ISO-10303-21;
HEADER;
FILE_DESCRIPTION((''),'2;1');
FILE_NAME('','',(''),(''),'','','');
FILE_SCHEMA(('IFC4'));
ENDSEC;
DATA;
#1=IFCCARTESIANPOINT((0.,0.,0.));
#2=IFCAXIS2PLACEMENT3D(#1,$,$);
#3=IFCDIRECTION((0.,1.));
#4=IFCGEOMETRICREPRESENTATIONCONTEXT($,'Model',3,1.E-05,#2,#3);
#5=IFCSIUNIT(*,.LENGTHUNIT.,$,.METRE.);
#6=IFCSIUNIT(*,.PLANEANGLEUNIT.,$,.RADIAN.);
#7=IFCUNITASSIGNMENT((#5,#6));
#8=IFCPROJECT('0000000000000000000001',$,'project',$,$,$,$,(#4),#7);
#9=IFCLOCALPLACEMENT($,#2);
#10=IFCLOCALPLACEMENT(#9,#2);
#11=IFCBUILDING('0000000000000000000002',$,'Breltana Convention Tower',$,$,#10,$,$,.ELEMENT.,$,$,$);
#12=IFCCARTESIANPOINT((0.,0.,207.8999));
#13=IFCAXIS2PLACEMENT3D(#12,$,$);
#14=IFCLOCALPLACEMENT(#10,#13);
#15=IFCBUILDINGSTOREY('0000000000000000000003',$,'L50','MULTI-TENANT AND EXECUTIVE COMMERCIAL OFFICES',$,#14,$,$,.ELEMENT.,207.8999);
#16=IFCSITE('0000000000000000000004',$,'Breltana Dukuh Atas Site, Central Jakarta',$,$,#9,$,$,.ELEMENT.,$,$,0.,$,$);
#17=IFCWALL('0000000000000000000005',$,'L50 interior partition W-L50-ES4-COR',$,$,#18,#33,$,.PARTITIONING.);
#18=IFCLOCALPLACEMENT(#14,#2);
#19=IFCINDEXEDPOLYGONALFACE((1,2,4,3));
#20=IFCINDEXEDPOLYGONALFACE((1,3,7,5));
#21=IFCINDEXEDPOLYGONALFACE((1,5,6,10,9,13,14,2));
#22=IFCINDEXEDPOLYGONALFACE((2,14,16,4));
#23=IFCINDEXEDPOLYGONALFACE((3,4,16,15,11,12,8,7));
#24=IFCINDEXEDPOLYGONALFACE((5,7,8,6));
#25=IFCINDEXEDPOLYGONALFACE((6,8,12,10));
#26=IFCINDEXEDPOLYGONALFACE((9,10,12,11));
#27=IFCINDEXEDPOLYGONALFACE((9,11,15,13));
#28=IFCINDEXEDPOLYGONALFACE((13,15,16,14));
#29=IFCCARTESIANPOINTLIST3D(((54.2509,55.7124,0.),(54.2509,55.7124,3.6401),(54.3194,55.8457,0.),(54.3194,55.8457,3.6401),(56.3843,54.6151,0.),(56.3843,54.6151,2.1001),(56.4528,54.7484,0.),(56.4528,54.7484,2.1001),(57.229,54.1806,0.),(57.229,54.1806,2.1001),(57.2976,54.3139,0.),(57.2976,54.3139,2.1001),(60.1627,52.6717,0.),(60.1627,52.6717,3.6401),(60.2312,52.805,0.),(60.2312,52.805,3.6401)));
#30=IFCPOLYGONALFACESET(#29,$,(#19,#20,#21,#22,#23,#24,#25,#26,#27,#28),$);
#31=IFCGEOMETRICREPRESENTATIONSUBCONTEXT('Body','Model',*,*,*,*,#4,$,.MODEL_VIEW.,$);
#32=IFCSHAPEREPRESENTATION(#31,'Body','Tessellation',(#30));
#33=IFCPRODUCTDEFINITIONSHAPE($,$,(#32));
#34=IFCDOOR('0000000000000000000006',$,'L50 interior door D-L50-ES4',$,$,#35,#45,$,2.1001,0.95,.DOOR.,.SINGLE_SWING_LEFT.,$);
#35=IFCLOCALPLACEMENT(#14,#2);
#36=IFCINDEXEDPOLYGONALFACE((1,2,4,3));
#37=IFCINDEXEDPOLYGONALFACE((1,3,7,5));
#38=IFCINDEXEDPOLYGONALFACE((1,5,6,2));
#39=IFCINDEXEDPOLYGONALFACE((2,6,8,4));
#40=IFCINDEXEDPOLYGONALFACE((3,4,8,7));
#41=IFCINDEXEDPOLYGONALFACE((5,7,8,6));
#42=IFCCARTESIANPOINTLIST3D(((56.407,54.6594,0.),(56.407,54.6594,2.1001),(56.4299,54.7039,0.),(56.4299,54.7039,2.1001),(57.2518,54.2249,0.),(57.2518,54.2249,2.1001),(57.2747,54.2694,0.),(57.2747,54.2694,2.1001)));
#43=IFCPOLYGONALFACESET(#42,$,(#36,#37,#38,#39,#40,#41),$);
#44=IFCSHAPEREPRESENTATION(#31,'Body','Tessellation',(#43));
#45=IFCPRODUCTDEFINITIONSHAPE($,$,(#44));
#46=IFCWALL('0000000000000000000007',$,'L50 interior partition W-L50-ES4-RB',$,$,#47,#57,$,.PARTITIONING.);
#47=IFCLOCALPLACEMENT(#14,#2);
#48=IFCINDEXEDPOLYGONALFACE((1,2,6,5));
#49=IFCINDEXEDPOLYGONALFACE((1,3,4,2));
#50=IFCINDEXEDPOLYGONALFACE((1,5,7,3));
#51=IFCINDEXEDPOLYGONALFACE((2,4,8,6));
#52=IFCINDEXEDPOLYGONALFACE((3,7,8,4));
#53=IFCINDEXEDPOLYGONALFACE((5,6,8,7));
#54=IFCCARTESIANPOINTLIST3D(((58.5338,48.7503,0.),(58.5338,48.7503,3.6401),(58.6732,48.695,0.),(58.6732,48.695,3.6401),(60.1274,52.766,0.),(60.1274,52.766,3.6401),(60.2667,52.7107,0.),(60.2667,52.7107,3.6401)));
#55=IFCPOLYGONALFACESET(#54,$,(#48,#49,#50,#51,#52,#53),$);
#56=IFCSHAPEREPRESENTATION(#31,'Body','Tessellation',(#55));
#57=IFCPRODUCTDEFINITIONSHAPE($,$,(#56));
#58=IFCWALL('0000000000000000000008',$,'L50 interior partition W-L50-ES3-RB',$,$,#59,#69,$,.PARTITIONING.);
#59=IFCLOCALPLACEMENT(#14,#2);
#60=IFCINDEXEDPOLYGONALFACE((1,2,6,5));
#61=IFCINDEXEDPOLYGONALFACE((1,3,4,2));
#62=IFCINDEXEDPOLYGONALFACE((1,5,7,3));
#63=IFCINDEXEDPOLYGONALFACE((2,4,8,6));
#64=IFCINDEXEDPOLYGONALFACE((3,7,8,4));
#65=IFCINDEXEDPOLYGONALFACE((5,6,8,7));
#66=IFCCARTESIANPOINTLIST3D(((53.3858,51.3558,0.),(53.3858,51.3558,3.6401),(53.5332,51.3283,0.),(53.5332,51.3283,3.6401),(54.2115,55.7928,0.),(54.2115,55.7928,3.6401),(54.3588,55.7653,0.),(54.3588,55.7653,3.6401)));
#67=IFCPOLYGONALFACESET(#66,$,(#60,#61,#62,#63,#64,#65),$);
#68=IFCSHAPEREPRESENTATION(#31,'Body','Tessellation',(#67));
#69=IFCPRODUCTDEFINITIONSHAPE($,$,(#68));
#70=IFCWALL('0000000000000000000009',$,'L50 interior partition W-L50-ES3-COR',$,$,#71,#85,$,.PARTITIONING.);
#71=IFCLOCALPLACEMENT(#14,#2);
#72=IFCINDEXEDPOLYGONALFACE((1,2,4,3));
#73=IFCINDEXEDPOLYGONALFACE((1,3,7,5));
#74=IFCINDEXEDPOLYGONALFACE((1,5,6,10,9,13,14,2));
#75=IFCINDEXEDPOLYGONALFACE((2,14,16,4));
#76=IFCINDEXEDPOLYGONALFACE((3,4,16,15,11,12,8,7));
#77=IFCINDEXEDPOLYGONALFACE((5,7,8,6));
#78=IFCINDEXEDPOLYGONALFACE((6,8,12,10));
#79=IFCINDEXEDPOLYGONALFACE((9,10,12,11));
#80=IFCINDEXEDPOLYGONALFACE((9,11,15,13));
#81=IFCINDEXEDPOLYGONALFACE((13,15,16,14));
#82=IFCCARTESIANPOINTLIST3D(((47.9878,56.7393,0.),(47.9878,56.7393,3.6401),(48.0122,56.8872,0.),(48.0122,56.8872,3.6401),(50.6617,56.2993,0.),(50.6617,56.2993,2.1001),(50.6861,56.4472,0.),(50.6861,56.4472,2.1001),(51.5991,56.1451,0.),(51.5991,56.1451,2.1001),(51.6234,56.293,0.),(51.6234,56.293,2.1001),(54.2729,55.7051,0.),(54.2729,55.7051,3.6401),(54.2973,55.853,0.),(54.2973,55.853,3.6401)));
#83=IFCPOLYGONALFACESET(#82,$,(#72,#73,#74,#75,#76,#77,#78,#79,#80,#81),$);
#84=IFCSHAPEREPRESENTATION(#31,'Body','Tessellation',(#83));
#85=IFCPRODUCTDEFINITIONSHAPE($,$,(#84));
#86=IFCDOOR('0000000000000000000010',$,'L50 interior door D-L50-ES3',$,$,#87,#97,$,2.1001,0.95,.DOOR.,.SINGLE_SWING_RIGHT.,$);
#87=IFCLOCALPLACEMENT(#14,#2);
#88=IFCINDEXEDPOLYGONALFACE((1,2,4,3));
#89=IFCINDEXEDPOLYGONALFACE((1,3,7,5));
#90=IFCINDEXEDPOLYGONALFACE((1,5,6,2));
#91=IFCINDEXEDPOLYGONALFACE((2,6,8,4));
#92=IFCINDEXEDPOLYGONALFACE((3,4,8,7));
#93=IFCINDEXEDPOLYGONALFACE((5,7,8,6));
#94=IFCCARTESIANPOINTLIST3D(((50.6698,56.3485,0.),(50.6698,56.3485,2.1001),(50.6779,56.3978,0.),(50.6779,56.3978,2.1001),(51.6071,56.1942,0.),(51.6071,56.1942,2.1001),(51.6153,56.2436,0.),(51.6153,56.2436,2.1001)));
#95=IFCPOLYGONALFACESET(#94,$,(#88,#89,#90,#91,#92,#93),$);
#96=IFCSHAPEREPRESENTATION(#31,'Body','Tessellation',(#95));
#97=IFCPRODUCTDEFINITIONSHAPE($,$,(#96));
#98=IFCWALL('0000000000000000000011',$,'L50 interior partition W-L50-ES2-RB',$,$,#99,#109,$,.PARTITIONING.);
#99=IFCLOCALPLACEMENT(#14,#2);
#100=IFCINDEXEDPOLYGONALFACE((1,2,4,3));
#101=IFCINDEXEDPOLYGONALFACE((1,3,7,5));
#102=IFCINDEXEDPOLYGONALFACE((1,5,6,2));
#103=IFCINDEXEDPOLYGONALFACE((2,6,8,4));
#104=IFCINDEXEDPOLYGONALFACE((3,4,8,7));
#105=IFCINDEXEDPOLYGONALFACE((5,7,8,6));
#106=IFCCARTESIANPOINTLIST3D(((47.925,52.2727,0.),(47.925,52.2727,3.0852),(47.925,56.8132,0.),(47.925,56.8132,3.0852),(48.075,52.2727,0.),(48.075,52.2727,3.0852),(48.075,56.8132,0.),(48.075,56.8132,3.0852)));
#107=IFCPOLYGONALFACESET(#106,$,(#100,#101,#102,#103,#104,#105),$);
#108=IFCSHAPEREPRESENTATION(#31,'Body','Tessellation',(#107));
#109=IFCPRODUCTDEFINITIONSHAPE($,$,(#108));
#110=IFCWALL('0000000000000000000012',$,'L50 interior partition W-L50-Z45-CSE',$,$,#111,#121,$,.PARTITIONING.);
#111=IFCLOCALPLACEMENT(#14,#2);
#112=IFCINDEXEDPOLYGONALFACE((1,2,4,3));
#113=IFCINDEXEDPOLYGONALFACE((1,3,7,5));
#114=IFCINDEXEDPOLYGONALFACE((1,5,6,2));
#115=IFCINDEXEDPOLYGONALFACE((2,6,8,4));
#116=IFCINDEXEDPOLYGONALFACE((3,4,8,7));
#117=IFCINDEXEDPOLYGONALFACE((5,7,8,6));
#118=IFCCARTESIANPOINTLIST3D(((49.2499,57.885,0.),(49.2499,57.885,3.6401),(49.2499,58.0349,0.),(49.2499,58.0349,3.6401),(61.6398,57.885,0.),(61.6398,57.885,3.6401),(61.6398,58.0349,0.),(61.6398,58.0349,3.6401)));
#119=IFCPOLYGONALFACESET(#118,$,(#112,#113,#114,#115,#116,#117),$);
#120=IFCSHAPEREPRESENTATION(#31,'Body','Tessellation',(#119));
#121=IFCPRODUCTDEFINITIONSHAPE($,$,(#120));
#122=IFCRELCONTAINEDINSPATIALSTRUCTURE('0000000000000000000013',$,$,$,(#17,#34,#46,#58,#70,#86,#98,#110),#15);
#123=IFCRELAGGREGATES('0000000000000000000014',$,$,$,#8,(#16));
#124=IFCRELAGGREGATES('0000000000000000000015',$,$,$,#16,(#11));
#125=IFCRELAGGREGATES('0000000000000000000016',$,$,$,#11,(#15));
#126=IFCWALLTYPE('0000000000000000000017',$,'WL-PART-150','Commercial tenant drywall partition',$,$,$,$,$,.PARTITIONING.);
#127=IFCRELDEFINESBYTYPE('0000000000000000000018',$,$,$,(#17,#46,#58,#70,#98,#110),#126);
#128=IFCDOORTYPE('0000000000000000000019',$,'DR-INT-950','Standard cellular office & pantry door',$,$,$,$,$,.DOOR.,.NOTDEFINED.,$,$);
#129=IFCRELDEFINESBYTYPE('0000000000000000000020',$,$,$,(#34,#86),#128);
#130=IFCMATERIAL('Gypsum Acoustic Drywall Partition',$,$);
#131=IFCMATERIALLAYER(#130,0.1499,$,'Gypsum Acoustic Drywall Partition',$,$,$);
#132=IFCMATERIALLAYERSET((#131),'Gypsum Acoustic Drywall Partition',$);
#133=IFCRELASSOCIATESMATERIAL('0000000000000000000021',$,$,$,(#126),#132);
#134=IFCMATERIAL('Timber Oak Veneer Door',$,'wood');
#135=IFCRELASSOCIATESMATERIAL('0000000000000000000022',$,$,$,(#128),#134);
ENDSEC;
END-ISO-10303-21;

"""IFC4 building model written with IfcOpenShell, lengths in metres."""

from ifc_helpers import new_model, si_unit, direction, frame, frame_2d, origin, place, context, subcontext, project, spatial, rectangle, extrude, source, transform, mapped, material, layer, layer_set, type_object, type_shapes, element, fill, save


model = new_model("IFC4")

# Units and contexts
model_context = context("Model", 3, precision=1e-05, world=origin(), true_north=direction((0.0, 1.0)))
body_context = subcontext(model_context, "Body", "Model", "MODEL_VIEW")
ifc_project = project(units=[si_unit("LENGTHUNIT", "METRE"), si_unit("PLANEANGLEUNIT", "RADIAN")], contexts=[model_context])

# Site, building, storey
site_placement = place(None, origin())
site = spatial("IfcSite", under=ifc_project, at=site_placement, Name="Breltana Dukuh Atas Site, Central Jakarta", CompositionType="ELEMENT", RefElevation=0.0)
building_placement = place(site_placement, origin())
building = spatial("IfcBuilding", under=site, at=building_placement, Name="Breltana Convention Tower", CompositionType="ELEMENT")
storey_placement = place(building_placement, frame((0.0, 0.0, 207.8999)))
storey = spatial("IfcBuildingStorey", under=building, at=storey_placement, Name="L50", Description="MULTI-TENANT AND EXECUTIVE COMMERCIAL OFFICES", CompositionType="ELEMENT", Elevation=207.8999)

# Wall, opening, door
ifc_material_1 = material(Name="Gypsum Acoustic Drywall Partition")
ifc_layer_1 = layer(ifc_material_1, 0.1499, Name="Gypsum Acoustic Drywall Partition")
ifc_layer_set_1 = layer_set([ifc_layer_1], Name="Gypsum Acoustic Drywall Partition")
wall_type_1 = type_object("IfcWallType", Name="WL-PART-150", Description="Commercial tenant drywall partition", PredefinedType="PARTITIONING", material=ifc_layer_set_1)
shared_shape_1 = source(origin(), body_context, "Body", "SweptSolid", [
    extrude(rectangle(XDim=6.6479, YDim=0.1499, at=frame_2d((3.324, 0.0))), origin(), (0.0, 0.0, 1.0), 3.6401),
])
wall_1_placement = place(storey_placement, frame((54.2852, 55.7791, 0.0), z_axis=(0.0, 0.0, 1.0), x_axis=(0.889264, -0.457394, 0.0)))
wall_1 = element("IfcWall", 1, at=wall_1_placement, inside=storey, type_object=wall_type_1, Name="L50 interior partition W-L50-ES4-COR", PredefinedType="PARTITIONING", context=body_context, shape_type="MappedRepresentation", body=[
    mapped(shared_shape_1, transform((0.0, 0.0, 0.0), scale=1.0)),
])
opening_1_placement = place(wall_1_placement, frame((2.3989, 0.0, 0.0)))
opening_1 = element("IfcOpeningElement", 2, at=opening_1_placement, cuts=wall_1, PredefinedType="OPENING", context=body_context, shape_type="SweptSolid", body=[
    extrude(rectangle(XDim=0.95, YDim=2.1001, at=frame_2d((0.4751, 1.05))), frame((0.0, 0.085, 0.0), z_axis=(0.0, -1.0, 0.0), x_axis=(1.0, 0.0, 0.0)), (0.0, 0.0, 1.0), 0.1699),
])
ifc_material_2 = material(Name="Timber Oak Veneer Door", Category="wood")
door_type = type_object("IfcDoorType", Name="DR-INT-950", Description="Standard cellular office & pantry door", OperationType="NOTDEFINED", PredefinedType="DOOR", material=ifc_material_2)
shared_shape_2 = source(origin(), body_context, "Body", "SweptSolid", [
    extrude(rectangle(XDim=0.95, YDim=2.1001, at=frame_2d((0.4751, 1.05))), frame((0.0, 0.0249, 0.0), z_axis=(0.0, -1.0, 0.0), x_axis=(1.0, 0.0, 0.0)), (0.0, 0.0, 1.0), 0.05),
])
type_shapes(door_type, [shared_shape_2])
door_1_placement = place(opening_1_placement, origin())
door_1 = element("IfcDoor", 3, at=door_1_placement, inside=storey, type_object=door_type, Name="L50 interior door D-L50-ES4", OperationType="SINGLE_SWING_LEFT", OverallHeight=2.1001, OverallWidth=0.95, PredefinedType="DOOR", context=body_context, shape_type="MappedRepresentation", body=[
    mapped(shared_shape_2, transform((0.0, 0.0, 0.0), scale=1.0)),
])
fill(opening_1, door_1)

# Walls
shared_shape_3 = source(origin(), body_context, "Body", "SweptSolid", [
    extrude(rectangle(XDim=4.3203, YDim=0.1499, at=frame_2d((2.1602, 0.0))), origin(), (0.0, 0.0, 1.0), 3.6401),
])
wall_2_placement = place(storey_placement, frame((58.6035, 48.7227, 0.0), z_axis=(0.0, 0.0, 1.0), x_axis=(0.368846, 0.92949, 0.0)))
element("IfcWall", 4, at=wall_2_placement, inside=storey, type_object=wall_type_1, Name="L50 interior partition W-L50-ES4-RB", PredefinedType="PARTITIONING", context=body_context, shape_type="MappedRepresentation", body=[
    mapped(shared_shape_3, transform((0.0, 0.0, 0.0), scale=1.0)),
])
shared_shape_4 = source(origin(), body_context, "Body", "SweptSolid", [
    extrude(rectangle(XDim=4.5132, YDim=0.1499, at=frame_2d((2.2566, 0.0))), origin(), (0.0, 0.0, 1.0), 3.6401),
])
wall_3_placement = place(storey_placement, frame((53.4595, 51.342, 0.0), z_axis=(0.0, 0.0, 1.0), x_axis=(0.182949, 0.983122, 0.0)))
element("IfcWall", 5, at=wall_3_placement, inside=storey, type_object=wall_type_1, Name="L50 interior partition W-L50-ES3-RB", PredefinedType="PARTITIONING", context=body_context, shape_type="MappedRepresentation", body=[
    mapped(shared_shape_4, transform((0.0, 0.0, 0.0), scale=1.0)),
])

# Wall, opening, door
shared_shape_5 = source(origin(), body_context, "Body", "SweptSolid", [
    extrude(rectangle(XDim=6.3696, YDim=0.1499, at=frame_2d((3.1848, 0.0))), origin(), (0.0, 0.0, 1.0), 3.6401),
])
wall_4_placement = place(storey_placement, frame((48.0, 56.8132, 0.0), z_axis=(0.0, 0.0, 1.0), x_axis=(0.986732, -0.16236, 0.0)))
wall_4 = element("IfcWall", 6, at=wall_4_placement, inside=storey, type_object=wall_type_1, Name="L50 interior partition W-L50-ES3-COR", PredefinedType="PARTITIONING", context=body_context, shape_type="MappedRepresentation", body=[
    mapped(shared_shape_5, transform((0.0, 0.0, 0.0), scale=1.0)),
])
opening_2_placement = place(wall_4_placement, frame((2.7097, 0.0, 0.0)))
opening_2 = element("IfcOpeningElement", 7, at=opening_2_placement, cuts=wall_4, PredefinedType="OPENING", context=body_context, shape_type="SweptSolid", body=[
    extrude(rectangle(XDim=0.95, YDim=2.1001, at=frame_2d((0.4751, 1.05))), frame((0.0, 0.085, 0.0), z_axis=(0.0, -1.0, 0.0), x_axis=(1.0, 0.0, 0.0)), (0.0, 0.0, 1.0), 0.1699),
])
door_2_placement = place(opening_2_placement, origin())
door_2 = element("IfcDoor", 8, at=door_2_placement, inside=storey, type_object=door_type, Name="L50 interior door D-L50-ES3", OperationType="SINGLE_SWING_RIGHT", OverallHeight=2.1001, OverallWidth=0.95, PredefinedType="DOOR", context=body_context, shape_type="MappedRepresentation", body=[
    mapped(shared_shape_2, transform((0.0, 0.0, 0.0), scale=1.0)),
])
fill(opening_2, door_2)

# Walls
shared_shape_6 = source(origin(), body_context, "Body", "SweptSolid", [
    extrude(rectangle(XDim=4.5405, YDim=0.1499, at=frame_2d((2.2703, 0.0))), origin(), (0.0, 0.0, 1.0), 3.0852),
])
wall_5_placement = place(storey_placement, frame((48.0, 52.2727, 0.0), z_axis=(0.0, 0.0, 1.0), x_axis=(0.0, 1.0, 0.0)))
element("IfcWall", 9, at=wall_5_placement, inside=storey, type_object=wall_type_1, Name="L50 interior partition W-L50-ES2-RB", PredefinedType="PARTITIONING", context=body_context, shape_type="MappedRepresentation", body=[
    mapped(shared_shape_6, transform((0.0, 0.0, 0.0), scale=1.0)),
])
shared_shape_7 = source(origin(), body_context, "Body", "SweptSolid", [
    extrude(rectangle(XDim=12.3899, YDim=0.1499, at=frame_2d((6.1948, 0.0))), origin(), (0.0, 0.0, 1.0), 3.6401),
])
wall_6_placement = place(storey_placement, frame((49.25, 57.96, 0.0), z_axis=(0.0, 0.0, 1.0), x_axis=(1.0, 0.0, 0.0)))
element("IfcWall", 10, at=wall_6_placement, inside=storey, type_object=wall_type_1, Name="L50 interior partition W-L50-Z45-CSE", PredefinedType="PARTITIONING", context=body_context, shape_type="MappedRepresentation", body=[
    mapped(shared_shape_7, transform((0.0, 0.0, 0.0), scale=1.0)),
])

save(model, "model.ifc")
